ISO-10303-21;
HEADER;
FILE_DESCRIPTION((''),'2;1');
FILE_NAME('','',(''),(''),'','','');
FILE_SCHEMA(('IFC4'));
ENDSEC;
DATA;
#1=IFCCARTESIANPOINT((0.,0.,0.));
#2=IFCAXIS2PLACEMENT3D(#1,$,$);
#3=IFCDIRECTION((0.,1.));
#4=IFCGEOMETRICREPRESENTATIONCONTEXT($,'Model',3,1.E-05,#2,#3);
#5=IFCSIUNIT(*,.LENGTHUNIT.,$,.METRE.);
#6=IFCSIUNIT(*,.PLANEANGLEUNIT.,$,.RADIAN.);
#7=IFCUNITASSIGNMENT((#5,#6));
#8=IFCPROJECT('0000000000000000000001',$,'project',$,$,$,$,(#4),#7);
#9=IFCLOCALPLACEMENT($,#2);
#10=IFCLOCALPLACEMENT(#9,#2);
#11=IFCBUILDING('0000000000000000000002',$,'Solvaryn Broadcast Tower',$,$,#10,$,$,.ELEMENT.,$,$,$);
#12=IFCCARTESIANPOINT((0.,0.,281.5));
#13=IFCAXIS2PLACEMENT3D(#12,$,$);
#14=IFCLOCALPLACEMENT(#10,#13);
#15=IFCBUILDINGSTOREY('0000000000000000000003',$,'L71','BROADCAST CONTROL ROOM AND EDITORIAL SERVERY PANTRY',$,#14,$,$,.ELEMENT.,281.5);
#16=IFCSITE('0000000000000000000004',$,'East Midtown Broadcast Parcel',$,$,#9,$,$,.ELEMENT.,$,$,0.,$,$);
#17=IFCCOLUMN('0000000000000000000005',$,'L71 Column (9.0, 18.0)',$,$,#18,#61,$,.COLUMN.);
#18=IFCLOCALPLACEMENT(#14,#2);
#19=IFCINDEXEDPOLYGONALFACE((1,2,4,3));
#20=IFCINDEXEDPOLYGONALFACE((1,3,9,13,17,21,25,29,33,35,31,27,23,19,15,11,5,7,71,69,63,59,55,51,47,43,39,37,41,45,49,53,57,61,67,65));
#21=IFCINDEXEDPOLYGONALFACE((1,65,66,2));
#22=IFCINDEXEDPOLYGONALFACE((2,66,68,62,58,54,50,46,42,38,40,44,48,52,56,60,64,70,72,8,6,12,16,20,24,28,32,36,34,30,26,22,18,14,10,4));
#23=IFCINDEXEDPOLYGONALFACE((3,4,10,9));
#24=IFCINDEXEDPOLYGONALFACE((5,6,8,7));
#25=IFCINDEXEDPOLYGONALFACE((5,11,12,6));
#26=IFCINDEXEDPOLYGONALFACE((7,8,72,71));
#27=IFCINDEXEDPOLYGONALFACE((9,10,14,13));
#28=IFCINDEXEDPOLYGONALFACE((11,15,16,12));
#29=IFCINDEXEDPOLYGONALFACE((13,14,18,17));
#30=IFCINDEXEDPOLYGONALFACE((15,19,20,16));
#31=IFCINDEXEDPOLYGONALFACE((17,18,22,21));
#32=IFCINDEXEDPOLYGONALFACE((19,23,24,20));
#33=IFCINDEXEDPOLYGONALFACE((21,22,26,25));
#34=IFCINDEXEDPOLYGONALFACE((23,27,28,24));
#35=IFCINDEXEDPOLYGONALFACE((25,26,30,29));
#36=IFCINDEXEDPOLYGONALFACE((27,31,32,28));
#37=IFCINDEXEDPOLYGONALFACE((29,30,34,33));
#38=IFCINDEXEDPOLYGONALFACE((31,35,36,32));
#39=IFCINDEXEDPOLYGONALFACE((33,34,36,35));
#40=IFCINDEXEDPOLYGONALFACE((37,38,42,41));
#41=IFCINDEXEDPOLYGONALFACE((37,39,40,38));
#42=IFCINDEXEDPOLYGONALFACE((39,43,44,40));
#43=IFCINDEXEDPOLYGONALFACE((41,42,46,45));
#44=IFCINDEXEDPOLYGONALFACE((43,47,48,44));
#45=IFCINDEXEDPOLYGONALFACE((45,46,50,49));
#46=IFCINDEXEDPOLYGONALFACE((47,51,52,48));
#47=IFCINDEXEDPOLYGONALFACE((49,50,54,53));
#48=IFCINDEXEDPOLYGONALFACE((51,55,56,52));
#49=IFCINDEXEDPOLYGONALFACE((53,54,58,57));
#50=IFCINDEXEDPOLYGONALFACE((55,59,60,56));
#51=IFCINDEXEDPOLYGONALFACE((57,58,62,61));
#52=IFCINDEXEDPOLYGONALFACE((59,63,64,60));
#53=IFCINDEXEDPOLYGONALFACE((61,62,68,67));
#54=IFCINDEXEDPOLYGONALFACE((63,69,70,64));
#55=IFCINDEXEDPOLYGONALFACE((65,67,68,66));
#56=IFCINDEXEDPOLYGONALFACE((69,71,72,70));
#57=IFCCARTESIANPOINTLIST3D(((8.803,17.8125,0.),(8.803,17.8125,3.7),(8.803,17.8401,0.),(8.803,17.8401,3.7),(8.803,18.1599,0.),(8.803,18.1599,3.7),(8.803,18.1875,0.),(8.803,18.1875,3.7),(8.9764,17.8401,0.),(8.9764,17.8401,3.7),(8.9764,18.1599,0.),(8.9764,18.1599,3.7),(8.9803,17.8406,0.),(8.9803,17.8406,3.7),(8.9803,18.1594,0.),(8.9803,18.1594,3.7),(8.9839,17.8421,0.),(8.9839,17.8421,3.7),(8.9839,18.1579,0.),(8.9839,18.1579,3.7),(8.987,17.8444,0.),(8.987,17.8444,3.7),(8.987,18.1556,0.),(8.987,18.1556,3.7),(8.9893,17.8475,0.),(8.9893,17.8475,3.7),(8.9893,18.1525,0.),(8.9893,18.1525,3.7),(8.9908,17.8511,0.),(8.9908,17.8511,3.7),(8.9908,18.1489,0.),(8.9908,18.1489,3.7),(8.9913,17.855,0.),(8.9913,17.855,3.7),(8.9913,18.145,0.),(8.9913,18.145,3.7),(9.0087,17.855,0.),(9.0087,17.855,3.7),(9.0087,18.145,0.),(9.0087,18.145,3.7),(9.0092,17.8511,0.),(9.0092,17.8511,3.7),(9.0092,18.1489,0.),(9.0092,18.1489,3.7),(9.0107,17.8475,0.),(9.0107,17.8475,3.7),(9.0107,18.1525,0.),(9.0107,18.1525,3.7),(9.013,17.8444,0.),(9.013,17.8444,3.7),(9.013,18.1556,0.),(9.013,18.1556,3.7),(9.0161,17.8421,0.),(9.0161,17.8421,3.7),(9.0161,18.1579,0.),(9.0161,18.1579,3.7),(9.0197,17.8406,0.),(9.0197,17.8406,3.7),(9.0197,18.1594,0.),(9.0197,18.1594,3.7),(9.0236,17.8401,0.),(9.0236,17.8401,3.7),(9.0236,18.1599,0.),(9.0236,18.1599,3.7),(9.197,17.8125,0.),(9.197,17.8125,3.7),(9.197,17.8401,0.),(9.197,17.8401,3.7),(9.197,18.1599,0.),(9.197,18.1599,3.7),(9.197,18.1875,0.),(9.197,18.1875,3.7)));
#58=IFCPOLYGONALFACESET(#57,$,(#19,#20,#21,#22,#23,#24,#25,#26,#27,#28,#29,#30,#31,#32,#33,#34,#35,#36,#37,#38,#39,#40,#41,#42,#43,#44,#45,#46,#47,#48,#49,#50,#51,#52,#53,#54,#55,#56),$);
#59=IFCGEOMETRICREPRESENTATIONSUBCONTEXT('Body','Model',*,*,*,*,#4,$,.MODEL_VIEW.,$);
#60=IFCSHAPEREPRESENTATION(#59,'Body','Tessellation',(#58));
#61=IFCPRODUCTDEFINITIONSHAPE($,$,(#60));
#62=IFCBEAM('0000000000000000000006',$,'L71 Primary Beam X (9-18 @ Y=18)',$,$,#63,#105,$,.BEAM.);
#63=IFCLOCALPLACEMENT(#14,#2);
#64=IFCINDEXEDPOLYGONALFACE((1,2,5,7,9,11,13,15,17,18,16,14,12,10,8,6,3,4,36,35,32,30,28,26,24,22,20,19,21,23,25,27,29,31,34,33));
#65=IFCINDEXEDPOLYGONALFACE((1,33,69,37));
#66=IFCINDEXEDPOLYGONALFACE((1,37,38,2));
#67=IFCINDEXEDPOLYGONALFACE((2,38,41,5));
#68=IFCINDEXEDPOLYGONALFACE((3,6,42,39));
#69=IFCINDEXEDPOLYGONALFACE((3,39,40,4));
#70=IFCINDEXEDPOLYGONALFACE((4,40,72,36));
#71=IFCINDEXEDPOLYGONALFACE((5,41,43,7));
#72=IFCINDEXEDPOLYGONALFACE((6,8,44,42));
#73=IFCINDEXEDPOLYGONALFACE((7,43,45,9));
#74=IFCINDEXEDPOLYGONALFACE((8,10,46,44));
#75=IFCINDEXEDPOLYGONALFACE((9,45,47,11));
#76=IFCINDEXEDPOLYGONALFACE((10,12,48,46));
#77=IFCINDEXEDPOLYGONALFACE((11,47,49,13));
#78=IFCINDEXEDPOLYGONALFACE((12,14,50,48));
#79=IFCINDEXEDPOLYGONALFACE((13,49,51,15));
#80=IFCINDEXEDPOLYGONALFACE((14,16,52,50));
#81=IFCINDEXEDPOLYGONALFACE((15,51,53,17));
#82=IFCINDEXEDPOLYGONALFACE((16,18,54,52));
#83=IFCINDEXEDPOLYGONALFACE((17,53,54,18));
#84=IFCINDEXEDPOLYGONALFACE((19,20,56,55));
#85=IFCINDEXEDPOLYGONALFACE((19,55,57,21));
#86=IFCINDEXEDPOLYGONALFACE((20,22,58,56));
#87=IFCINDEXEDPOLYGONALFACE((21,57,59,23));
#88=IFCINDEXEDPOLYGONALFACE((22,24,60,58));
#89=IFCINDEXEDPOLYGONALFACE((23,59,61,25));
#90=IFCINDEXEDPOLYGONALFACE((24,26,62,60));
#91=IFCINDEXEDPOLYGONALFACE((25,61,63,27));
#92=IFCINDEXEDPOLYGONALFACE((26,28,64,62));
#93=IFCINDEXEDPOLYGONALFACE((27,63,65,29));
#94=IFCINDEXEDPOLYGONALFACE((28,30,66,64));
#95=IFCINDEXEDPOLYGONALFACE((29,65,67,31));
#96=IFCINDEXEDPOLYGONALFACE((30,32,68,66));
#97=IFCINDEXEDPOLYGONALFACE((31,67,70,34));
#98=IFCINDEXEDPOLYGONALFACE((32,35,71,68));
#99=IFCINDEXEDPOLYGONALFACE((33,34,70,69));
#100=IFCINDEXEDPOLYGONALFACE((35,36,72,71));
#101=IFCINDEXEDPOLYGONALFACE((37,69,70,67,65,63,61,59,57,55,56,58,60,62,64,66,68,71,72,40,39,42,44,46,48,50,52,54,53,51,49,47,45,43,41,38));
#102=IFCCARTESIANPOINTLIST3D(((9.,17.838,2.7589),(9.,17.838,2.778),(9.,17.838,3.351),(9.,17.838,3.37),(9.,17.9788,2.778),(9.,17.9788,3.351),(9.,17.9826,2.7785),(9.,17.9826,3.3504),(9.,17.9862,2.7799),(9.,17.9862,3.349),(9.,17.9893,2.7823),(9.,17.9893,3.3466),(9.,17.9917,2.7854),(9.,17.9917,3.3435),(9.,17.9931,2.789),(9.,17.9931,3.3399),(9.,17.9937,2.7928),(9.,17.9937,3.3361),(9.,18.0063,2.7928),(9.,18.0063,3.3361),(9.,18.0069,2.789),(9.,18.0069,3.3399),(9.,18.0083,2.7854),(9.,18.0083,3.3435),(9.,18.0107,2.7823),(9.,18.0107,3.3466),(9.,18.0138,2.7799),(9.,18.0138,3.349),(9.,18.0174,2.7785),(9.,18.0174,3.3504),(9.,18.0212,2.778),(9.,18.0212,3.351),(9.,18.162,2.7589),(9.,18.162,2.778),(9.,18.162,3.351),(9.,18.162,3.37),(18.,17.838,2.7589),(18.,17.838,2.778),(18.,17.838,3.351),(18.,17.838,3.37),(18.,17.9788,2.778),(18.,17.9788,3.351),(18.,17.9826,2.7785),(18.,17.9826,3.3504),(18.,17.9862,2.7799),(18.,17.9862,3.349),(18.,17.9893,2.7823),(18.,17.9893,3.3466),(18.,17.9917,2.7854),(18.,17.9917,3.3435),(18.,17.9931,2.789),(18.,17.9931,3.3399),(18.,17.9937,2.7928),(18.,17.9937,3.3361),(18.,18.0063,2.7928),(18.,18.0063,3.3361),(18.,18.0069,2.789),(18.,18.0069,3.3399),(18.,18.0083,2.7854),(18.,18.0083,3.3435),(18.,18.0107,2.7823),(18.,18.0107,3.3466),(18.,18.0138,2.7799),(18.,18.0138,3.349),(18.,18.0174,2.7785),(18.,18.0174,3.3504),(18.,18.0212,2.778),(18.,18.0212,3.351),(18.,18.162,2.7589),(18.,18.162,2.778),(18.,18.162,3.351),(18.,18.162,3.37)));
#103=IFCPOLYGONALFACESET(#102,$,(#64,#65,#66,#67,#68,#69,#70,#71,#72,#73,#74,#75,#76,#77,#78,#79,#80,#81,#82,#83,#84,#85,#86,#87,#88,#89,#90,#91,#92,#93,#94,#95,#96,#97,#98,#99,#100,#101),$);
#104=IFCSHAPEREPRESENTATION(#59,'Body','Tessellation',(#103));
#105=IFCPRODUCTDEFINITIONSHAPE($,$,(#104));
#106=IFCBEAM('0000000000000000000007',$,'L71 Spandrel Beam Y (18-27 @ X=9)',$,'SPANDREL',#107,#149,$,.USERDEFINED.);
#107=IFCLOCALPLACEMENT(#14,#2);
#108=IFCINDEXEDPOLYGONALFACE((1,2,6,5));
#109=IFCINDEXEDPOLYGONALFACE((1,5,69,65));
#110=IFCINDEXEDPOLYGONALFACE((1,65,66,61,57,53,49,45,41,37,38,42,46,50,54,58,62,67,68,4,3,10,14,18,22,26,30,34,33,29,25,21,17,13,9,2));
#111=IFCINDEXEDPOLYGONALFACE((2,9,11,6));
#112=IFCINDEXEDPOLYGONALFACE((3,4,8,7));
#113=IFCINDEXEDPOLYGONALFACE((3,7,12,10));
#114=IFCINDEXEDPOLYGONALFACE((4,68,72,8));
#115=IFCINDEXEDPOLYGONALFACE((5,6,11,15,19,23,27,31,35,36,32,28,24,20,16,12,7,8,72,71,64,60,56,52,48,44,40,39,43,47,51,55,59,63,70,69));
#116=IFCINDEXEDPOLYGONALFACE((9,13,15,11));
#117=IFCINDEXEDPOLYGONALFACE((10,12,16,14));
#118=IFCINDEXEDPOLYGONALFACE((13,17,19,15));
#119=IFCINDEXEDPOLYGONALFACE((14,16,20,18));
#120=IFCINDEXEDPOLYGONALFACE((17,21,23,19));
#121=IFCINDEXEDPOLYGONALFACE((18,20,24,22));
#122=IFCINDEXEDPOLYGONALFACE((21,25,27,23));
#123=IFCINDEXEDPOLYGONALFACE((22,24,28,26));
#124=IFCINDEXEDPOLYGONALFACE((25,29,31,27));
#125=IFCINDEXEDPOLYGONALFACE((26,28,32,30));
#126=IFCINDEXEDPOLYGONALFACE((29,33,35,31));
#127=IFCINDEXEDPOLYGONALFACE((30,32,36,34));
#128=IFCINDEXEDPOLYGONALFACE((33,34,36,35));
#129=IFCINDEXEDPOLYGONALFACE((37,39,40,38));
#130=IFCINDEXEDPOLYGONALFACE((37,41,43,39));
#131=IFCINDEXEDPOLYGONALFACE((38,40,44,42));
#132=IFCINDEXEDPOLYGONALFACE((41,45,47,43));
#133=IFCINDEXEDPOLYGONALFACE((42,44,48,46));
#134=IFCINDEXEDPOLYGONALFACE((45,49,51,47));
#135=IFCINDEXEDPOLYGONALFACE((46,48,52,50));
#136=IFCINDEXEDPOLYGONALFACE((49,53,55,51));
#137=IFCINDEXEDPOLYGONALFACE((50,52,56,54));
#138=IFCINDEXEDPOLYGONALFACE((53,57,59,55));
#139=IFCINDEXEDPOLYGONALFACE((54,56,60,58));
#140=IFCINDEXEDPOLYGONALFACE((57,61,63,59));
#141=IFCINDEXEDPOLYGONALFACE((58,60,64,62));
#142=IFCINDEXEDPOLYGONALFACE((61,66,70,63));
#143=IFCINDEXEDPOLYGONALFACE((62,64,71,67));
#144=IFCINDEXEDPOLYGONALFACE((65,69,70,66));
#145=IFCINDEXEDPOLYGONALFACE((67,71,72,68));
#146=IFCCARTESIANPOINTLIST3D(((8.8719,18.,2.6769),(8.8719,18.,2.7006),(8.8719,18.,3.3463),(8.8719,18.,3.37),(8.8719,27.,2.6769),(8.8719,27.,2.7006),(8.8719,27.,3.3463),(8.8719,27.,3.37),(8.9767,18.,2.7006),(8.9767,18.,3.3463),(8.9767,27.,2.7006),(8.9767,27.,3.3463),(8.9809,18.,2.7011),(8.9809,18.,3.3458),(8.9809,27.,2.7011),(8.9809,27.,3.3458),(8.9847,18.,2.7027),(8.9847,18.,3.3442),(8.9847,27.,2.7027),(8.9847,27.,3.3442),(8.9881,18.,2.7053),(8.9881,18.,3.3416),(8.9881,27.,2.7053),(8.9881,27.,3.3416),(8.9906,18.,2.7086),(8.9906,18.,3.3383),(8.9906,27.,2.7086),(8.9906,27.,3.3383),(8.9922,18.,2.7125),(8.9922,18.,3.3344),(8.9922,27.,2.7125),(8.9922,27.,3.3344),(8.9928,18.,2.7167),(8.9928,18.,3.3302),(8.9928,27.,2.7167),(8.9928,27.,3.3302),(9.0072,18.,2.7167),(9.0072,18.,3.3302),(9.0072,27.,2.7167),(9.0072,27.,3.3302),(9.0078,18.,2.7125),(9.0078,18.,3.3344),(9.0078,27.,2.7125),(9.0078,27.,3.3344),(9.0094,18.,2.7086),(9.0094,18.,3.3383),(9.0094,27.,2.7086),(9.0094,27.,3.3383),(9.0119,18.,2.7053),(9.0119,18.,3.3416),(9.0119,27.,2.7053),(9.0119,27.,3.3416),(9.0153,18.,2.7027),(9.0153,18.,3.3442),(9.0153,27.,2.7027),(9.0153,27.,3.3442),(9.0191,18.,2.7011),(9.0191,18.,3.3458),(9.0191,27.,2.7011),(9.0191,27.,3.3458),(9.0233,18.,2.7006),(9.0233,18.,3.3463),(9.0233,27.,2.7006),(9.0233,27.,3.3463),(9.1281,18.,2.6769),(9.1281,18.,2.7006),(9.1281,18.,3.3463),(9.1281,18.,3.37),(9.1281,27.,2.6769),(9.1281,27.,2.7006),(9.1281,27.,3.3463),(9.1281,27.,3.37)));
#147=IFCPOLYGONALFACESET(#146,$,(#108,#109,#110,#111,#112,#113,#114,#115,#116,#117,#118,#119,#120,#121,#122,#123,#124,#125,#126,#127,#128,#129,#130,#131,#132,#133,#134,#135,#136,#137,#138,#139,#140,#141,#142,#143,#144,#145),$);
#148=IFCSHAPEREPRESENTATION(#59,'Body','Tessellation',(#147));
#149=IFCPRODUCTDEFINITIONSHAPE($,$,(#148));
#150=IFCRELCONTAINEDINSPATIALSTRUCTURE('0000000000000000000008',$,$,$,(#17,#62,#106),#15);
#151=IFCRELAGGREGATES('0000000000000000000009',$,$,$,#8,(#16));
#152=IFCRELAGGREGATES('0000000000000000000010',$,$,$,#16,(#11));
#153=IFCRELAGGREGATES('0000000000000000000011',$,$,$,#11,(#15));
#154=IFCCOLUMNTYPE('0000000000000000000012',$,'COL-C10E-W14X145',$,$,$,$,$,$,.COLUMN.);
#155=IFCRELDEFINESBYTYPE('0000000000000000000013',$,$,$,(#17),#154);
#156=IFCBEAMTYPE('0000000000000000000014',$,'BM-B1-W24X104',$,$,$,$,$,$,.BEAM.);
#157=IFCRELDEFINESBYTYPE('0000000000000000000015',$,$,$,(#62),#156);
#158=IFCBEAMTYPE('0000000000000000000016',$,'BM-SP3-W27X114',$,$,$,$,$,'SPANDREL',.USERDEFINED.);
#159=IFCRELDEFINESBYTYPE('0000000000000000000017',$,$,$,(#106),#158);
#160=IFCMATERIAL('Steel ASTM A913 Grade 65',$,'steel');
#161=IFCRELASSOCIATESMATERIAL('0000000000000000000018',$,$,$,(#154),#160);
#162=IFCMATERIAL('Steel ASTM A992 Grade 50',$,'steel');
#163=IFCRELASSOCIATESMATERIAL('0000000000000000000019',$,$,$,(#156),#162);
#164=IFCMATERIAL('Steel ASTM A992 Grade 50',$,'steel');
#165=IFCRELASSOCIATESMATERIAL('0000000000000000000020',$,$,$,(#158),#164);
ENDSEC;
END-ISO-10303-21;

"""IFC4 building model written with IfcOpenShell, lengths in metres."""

from ifc_helpers import new_model, si_unit, direction, frame, origin, origin_2d, place, context, subcontext, project, spatial, i_section, extrude, material, material_profile, profile_set, type_object, element, save


model = new_model("IFC4")

# Units and contexts
model_context = context("Model", 3, precision=1e-05, world=origin(), true_north=direction((0.0, 1.0)))
body_context = subcontext(model_context, "Body", "Model", "MODEL_VIEW")
ifc_project = project(units=[si_unit("LENGTHUNIT", "METRE"), si_unit("PLANEANGLEUNIT", "RADIAN")], contexts=[model_context])

# Site, building, storey
site_placement = place(None, origin())
site = spatial("IfcSite", under=ifc_project, at=site_placement, Name="East Midtown Broadcast Parcel", CompositionType="ELEMENT", RefElevation=0.0)
building_placement = place(site_placement, origin())
building = spatial("IfcBuilding", under=site, at=building_placement, Name="Solvaryn Broadcast Tower", CompositionType="ELEMENT")
storey_placement = place(building_placement, frame((0.0, 0.0, 281.5)))
storey = spatial("IfcBuildingStorey", under=building, at=storey_placement, Name="L71", Description="BROADCAST CONTROL ROOM AND EDITORIAL SERVERY PANTRY", CompositionType="ELEMENT", Elevation=281.5)

# Column
ifc_material_1 = material(Name="Steel ASTM A913 Grade 65", Category="steel")
ifc_material_profile_1 = material_profile(ifc_material_1, i_section(OverallWidth=0.394, OverallDepth=0.375, WebThickness=0.0173, FlangeThickness=0.0276, FilletRadius=0.0149, at=origin_2d()))
ifc_profile_set_1 = profile_set([ifc_material_profile_1], Name="Steel ASTM A913 Grade 65")
column_type = type_object("IfcColumnType", Name="COL-C10E-W14X145", PredefinedType="COLUMN", material=ifc_profile_set_1)
column_placement = place(storey_placement, frame((9.0, 18.0, 0.0), z_axis=(0.0, 0.0, 1.0), x_axis=(1.0, 0.0, 0.0)))
element("IfcColumn", 1, at=column_placement, inside=storey, type_object=column_type, Name="L71 Column (9.0, 18.0)", PredefinedType="COLUMN", context=body_context, shape_type="SweptSolid", body=[
    extrude(i_section(OverallWidth=0.394, OverallDepth=0.375, WebThickness=0.0173, FlangeThickness=0.0276, FilletRadius=0.0149, at=origin_2d()), origin(), (0.0, 0.0, 1.0), 3.7),
])

# Beams
ifc_material_2 = material(Name="Steel ASTM A992 Grade 50", Category="steel")
ifc_material_profile_2 = material_profile(ifc_material_2, i_section(OverallWidth=0.324, OverallDepth=0.6111, WebThickness=0.0127, FlangeThickness=0.019, FilletRadius=0.0149, at=origin_2d()))
ifc_profile_set_2 = profile_set([ifc_material_profile_2], Name="Steel ASTM A992 Grade 50")
beam_type_1 = type_object("IfcBeamType", Name="BM-B1-W24X104", PredefinedType="BEAM", material=ifc_profile_set_2)
beam_1_placement = place(storey_placement, frame((9.0, 18.0, 3.0645), z_axis=(1.0, 0.0, 0.0), x_axis=(0.0, 1.0, 0.0)))
element("IfcBeam", 2, at=beam_1_placement, inside=storey, type_object=beam_type_1, Name="L71 Primary Beam X (9-18 @ Y=18)", PredefinedType="BEAM", context=body_context, shape_type="SweptSolid", body=[
    extrude(i_section(OverallWidth=0.324, OverallDepth=0.6111, WebThickness=0.0127, FlangeThickness=0.019, FilletRadius=0.0149, at=origin_2d()), origin(), (0.0, 0.0, 1.0), 9.0),
])
ifc_material_3 = material(Name="Steel ASTM A992 Grade 50", Category="steel")
ifc_material_profile_3 = material_profile(ifc_material_3, i_section(OverallWidth=0.2561, OverallDepth=0.6931, WebThickness=0.0144, FlangeThickness=0.0237, FilletRadius=0.0161, at=origin_2d()))
ifc_profile_set_3 = profile_set([ifc_material_profile_3], Name="Steel ASTM A992 Grade 50")
beam_type_2 = type_object("IfcBeamType", Name="BM-SP3-W27X114", ElementType="SPANDREL", PredefinedType="USERDEFINED", material=ifc_profile_set_3)
beam_2_placement = place(storey_placement, frame((9.0, 18.0, 3.0234), z_axis=(0.0, 1.0, 0.0), x_axis=(-1.0, 0.0, 0.0)))
element("IfcBeam", 3, at=beam_2_placement, inside=storey, type_object=beam_type_2, Name="L71 Spandrel Beam Y (18-27 @ X=9)", ObjectType="SPANDREL", PredefinedType="USERDEFINED", context=body_context, shape_type="SweptSolid", body=[
    extrude(i_section(OverallWidth=0.2561, OverallDepth=0.6931, WebThickness=0.0144, FlangeThickness=0.0237, FilletRadius=0.0161, at=origin_2d()), origin(), (0.0, 0.0, 1.0), 9.0),
])

save(model, "model.ifc")
